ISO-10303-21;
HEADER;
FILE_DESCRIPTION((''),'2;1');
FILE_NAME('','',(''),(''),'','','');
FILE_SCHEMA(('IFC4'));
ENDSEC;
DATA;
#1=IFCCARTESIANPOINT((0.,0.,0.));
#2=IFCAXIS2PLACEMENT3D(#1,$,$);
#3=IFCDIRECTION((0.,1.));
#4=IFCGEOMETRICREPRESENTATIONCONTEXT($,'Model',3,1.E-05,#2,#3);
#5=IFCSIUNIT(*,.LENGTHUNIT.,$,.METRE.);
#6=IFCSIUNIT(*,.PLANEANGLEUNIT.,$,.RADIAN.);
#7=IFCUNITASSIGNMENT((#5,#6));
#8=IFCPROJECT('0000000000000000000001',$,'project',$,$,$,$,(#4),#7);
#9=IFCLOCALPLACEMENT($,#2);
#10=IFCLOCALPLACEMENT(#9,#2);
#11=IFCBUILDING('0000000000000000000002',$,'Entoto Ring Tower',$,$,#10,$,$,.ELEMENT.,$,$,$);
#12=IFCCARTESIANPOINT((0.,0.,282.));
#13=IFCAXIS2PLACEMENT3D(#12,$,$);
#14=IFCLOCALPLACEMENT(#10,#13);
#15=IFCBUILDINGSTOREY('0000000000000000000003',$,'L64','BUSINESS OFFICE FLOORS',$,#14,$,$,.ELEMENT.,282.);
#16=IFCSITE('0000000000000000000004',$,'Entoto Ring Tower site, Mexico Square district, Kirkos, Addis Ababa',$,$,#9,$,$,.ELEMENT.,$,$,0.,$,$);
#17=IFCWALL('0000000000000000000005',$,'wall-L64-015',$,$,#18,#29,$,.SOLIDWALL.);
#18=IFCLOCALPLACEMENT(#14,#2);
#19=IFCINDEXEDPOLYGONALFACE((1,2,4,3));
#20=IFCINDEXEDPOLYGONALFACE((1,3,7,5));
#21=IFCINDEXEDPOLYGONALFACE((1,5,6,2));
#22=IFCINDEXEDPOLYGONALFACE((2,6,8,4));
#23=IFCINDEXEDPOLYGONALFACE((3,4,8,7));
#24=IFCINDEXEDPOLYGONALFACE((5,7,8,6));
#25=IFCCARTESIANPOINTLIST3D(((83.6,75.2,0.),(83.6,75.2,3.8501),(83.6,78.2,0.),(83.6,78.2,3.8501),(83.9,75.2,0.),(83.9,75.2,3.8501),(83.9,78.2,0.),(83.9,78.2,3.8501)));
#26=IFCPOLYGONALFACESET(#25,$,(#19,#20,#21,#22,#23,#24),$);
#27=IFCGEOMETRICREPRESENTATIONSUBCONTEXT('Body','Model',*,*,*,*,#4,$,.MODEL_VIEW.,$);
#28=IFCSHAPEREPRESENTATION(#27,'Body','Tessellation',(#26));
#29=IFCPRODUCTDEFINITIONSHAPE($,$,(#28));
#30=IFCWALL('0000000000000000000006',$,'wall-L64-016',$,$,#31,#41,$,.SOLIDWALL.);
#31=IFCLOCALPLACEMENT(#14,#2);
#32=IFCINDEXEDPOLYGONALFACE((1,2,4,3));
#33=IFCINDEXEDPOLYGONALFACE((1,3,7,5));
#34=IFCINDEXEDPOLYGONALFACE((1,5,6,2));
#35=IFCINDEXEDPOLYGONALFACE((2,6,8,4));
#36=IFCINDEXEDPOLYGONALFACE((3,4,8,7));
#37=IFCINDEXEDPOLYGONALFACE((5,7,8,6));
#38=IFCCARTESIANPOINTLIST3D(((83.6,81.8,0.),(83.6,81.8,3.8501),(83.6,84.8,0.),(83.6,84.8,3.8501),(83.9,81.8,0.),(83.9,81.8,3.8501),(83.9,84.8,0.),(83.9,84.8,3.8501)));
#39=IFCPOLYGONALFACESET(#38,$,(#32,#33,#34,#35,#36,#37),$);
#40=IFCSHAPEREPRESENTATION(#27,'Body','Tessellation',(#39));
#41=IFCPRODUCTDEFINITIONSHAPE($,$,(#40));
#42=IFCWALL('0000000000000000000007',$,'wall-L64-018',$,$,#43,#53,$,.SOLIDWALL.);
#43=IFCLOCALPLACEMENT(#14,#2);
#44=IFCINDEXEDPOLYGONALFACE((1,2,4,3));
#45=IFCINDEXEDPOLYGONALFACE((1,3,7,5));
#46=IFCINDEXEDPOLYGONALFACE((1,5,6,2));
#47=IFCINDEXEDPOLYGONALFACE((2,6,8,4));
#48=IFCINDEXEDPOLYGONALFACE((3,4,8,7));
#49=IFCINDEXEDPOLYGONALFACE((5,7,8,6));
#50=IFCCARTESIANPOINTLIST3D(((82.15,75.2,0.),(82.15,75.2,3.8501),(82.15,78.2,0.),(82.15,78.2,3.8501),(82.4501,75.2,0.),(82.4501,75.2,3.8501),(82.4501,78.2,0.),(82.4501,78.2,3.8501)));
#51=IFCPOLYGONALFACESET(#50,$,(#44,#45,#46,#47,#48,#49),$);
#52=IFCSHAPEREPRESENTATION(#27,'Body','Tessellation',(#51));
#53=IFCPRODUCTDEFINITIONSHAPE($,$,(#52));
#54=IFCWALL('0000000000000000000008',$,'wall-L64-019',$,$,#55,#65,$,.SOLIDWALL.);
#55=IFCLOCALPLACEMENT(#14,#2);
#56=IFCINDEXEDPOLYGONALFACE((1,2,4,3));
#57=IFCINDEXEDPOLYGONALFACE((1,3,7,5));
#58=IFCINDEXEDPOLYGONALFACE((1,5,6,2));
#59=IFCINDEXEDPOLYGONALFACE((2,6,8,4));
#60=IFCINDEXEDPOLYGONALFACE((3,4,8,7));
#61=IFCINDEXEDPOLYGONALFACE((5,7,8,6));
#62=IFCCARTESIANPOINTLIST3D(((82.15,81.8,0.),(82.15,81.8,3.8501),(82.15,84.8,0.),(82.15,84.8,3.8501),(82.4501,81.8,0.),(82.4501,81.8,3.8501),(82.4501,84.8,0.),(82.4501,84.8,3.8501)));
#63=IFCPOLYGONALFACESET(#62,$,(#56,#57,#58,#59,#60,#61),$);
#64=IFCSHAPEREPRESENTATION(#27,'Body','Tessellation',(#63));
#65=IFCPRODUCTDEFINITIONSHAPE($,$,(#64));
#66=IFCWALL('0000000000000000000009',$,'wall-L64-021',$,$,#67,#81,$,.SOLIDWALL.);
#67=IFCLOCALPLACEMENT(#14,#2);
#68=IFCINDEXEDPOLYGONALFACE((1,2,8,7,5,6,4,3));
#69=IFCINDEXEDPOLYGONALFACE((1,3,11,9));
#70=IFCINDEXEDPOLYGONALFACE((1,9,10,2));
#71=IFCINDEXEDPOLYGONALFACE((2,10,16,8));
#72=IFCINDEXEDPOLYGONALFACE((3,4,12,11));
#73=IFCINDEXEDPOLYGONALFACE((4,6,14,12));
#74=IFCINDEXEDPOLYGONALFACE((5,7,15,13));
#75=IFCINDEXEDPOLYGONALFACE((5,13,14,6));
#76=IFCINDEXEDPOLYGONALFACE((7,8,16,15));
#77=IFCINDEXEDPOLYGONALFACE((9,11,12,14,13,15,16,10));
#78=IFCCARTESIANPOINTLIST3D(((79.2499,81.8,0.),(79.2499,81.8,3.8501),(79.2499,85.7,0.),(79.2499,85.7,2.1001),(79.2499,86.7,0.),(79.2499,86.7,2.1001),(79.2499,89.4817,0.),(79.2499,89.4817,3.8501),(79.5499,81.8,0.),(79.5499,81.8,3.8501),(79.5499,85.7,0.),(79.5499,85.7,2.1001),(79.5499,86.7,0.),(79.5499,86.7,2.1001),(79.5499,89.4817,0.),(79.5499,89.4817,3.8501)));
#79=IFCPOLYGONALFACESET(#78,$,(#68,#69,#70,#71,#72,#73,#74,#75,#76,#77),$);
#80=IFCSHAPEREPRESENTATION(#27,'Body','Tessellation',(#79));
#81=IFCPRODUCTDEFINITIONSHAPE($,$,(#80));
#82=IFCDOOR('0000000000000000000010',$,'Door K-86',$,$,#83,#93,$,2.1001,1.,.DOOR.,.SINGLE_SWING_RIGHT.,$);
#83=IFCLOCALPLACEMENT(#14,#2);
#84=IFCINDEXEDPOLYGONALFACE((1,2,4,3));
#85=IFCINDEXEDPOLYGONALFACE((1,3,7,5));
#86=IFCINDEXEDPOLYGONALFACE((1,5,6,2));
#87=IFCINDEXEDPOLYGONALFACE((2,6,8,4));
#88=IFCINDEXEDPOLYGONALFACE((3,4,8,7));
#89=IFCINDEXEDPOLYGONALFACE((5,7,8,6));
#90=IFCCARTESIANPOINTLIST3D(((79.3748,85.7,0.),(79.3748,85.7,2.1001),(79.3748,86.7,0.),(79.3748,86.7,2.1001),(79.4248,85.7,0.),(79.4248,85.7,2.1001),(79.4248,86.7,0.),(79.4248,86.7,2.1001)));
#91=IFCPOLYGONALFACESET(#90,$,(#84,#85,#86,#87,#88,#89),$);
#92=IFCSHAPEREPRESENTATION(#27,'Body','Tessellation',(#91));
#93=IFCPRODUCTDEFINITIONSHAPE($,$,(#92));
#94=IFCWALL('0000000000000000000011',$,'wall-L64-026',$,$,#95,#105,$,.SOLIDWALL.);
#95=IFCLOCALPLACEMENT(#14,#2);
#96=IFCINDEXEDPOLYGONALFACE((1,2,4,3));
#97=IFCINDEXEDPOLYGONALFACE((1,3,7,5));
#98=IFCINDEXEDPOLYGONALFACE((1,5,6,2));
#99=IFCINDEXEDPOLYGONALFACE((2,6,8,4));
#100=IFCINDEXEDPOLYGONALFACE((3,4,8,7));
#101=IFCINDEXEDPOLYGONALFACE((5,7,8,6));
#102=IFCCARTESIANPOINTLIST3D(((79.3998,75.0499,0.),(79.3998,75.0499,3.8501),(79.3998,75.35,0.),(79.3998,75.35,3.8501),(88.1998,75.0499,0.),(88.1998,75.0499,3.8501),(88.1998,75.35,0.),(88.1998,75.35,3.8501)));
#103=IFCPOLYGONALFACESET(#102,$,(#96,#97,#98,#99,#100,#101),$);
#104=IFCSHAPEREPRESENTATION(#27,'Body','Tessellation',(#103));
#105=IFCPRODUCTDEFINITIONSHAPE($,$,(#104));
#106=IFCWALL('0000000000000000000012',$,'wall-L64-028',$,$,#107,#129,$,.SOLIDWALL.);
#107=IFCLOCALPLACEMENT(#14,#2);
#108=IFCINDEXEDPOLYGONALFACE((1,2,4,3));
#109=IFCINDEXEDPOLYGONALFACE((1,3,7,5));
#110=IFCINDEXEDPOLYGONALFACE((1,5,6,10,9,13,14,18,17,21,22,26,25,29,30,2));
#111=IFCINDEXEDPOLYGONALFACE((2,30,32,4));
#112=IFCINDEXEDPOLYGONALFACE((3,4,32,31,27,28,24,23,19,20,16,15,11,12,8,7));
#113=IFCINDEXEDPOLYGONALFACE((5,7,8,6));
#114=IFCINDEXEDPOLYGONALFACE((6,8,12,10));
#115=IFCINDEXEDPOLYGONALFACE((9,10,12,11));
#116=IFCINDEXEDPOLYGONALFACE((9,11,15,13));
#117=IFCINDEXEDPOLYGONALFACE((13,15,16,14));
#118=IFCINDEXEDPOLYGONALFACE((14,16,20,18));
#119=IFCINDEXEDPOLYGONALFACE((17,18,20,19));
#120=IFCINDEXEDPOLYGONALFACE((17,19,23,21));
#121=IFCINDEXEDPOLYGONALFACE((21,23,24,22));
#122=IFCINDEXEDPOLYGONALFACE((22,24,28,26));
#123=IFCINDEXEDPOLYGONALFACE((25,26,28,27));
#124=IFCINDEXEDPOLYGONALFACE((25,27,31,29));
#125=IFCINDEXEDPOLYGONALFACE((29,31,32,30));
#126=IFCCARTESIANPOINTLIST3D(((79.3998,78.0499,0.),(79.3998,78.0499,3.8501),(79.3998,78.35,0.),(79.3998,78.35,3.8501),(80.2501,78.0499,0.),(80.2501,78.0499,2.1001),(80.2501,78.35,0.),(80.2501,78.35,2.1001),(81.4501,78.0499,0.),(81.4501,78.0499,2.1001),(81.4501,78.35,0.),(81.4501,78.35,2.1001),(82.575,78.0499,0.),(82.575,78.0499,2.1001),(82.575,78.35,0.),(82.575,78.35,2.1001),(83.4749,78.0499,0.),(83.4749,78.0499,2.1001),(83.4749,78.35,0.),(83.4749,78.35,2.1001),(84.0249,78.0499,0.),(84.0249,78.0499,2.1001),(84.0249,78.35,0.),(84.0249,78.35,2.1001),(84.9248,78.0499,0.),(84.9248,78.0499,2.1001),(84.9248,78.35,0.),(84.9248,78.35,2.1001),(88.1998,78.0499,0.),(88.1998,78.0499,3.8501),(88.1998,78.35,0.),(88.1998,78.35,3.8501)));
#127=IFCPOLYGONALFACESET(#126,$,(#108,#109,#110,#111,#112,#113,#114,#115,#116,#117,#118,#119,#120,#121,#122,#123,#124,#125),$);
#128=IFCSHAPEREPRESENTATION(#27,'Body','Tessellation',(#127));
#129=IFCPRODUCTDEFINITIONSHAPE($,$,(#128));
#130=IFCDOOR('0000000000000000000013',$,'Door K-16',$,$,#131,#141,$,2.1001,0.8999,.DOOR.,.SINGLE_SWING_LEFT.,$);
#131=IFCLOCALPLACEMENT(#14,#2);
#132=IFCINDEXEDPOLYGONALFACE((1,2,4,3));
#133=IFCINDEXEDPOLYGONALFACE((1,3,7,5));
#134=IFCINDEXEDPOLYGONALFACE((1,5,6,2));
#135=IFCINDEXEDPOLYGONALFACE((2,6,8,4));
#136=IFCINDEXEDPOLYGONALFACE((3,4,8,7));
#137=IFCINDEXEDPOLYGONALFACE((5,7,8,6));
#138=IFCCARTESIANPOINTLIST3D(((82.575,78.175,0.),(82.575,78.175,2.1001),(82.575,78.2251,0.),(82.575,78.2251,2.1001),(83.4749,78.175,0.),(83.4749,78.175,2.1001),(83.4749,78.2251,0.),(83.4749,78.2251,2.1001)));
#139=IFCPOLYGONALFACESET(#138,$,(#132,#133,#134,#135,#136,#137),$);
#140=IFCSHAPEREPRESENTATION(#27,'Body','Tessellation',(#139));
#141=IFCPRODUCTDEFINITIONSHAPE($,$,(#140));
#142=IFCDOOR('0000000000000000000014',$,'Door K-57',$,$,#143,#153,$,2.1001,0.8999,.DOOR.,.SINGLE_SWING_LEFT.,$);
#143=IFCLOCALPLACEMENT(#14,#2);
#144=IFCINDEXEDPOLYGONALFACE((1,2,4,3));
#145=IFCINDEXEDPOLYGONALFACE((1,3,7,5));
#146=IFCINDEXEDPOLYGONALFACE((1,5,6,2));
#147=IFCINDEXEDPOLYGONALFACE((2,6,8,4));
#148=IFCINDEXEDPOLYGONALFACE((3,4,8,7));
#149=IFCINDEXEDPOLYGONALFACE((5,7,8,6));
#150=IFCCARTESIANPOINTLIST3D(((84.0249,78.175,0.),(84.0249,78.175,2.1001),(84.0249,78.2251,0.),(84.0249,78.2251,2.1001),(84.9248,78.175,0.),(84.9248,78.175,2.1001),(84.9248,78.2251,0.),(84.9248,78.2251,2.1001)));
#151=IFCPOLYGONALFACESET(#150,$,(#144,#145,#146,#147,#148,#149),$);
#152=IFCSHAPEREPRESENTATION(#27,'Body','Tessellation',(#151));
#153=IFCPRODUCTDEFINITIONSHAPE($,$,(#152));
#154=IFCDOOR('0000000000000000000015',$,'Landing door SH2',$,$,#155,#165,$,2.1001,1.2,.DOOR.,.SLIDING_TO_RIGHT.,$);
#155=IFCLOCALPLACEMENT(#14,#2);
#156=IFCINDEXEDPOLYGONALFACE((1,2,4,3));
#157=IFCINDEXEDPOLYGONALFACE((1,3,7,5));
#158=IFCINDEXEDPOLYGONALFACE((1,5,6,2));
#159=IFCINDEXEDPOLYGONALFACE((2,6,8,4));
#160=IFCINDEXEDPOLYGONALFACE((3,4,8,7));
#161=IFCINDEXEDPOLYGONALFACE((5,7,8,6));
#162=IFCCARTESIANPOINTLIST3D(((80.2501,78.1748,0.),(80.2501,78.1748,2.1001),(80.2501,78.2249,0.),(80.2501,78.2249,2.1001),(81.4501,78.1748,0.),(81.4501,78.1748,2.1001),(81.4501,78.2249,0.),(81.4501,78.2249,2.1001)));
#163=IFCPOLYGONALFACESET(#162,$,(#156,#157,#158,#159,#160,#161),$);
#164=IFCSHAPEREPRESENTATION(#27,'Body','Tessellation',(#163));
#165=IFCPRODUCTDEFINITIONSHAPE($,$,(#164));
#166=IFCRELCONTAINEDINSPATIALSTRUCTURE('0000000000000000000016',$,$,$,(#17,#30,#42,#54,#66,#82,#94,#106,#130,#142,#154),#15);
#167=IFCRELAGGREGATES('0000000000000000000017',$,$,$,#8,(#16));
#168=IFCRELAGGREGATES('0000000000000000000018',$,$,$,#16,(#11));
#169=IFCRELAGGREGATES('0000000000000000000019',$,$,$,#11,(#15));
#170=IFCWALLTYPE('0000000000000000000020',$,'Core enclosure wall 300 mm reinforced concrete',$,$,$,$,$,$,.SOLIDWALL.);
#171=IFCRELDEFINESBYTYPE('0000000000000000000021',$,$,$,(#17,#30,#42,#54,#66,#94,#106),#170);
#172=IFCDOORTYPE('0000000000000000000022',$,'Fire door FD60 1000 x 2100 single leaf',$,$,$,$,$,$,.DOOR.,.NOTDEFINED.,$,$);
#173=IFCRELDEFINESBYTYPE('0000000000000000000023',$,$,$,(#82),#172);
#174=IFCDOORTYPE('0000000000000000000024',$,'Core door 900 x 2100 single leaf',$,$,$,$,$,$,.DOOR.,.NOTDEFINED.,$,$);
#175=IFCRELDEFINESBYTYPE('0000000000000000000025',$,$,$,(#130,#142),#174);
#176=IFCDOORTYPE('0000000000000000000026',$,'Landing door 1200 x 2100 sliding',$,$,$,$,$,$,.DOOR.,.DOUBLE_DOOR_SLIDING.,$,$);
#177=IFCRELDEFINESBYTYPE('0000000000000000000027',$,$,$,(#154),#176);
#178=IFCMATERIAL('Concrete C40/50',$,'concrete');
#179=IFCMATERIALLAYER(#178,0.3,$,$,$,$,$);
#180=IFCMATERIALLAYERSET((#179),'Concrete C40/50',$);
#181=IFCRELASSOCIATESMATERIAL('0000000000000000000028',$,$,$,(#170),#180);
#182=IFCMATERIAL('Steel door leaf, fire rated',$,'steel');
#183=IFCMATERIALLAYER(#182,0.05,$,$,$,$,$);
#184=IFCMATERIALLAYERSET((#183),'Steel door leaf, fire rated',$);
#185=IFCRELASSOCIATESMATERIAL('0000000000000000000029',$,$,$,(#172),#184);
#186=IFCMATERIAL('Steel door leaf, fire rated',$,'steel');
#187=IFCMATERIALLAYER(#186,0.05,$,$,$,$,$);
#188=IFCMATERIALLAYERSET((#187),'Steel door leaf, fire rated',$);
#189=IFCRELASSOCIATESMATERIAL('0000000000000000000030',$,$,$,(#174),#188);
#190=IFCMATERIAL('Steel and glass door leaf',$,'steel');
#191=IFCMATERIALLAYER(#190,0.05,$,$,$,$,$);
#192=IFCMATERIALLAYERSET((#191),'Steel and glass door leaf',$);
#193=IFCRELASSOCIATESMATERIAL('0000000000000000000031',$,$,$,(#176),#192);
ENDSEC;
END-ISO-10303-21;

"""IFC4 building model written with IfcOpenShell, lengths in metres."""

from ifc_helpers import new_model, si_unit, direction, frame, frame_2d, origin, place, context, subcontext, project, spatial, rectangle, extrude, material, layer, layer_set, type_object, element, fill, save


model = new_model("IFC4")

# Units and contexts
model_context = context("Model", 3, precision=1e-05, world=origin(), true_north=direction((0.0, 1.0)))
body_context = subcontext(model_context, "Body", "Model", "MODEL_VIEW")
ifc_project = project(units=[si_unit("LENGTHUNIT", "METRE"), si_unit("PLANEANGLEUNIT", "RADIAN")], contexts=[model_context])

# Site, building, storey
site_placement = place(None, origin())
site = spatial("IfcSite", under=ifc_project, at=site_placement, Name="Entoto Ring Tower site, Mexico Square district, Kirkos, Addis Ababa", CompositionType="ELEMENT", RefElevation=0.0)
building_placement = place(site_placement, origin())
building = spatial("IfcBuilding", under=site, at=building_placement, Name="Entoto Ring Tower", CompositionType="ELEMENT")
storey_placement = place(building_placement, frame((0.0, 0.0, 282.0)))
storey = spatial("IfcBuildingStorey", under=building, at=storey_placement, Name="L64", Description="BUSINESS OFFICE FLOORS", CompositionType="ELEMENT", Elevation=282.0)

# Walls
ifc_material_1 = material(Name="Concrete C40/50", Category="concrete")
ifc_layer_1 = layer(ifc_material_1, 0.3)
ifc_layer_set_1 = layer_set([ifc_layer_1], Name="Concrete C40/50")
wall_type = type_object("IfcWallType", Name="Core enclosure wall 300 mm reinforced concrete", PredefinedType="SOLIDWALL", material=ifc_layer_set_1)
for number, where, z_axis, x_axis, name in (
    (1, (83.75, 75.2, 0.0), (0.0, 0.0, 1.0), (0.0, 1.0, 0.0), "wall-L64-015"),
    (2, (83.75, 81.8, 0.0), (0.0, 0.0, 1.0), (0.0, 1.0, 0.0), "wall-L64-016"),
    (3, (82.3, 75.2, 0.0), (0.0, 0.0, 1.0), (0.0, 1.0, 0.0), "wall-L64-018"),
    (4, (82.3, 81.8, 0.0), (0.0, 0.0, 1.0), (0.0, 1.0, 0.0), "wall-L64-019"),
):
    element("IfcWall", number, at=place(storey_placement, frame(where, z_axis=z_axis, x_axis=x_axis)), inside=storey, type_object=wall_type, Name=name, PredefinedType="SOLIDWALL", context=body_context, shape_type="SweptSolid", body=[
        extrude(rectangle(XDim=3.0, YDim=0.3, at=frame_2d((1.5, 0.0))), origin(), (0.0, 0.0, 1.0), 3.8501),
    ])

# Wall, opening, door
wall_1_placement = place(storey_placement, frame((79.3999, 81.8, 0.0), z_axis=(0.0, 0.0, 1.0), x_axis=(0.0, 1.0, 0.0)))
wall_1 = element("IfcWall", 5, at=wall_1_placement, inside=storey, type_object=wall_type, Name="wall-L64-021", PredefinedType="SOLIDWALL", context=body_context, shape_type="SweptSolid", body=[
    extrude(rectangle(XDim=7.6816, YDim=0.3, at=frame_2d((3.8408, 0.0))), origin(), (0.0, 0.0, 1.0), 3.8501),
])
opening_1_placement = place(wall_1_placement, frame((3.8999, 0.0, 0.0)))
opening_1 = element("IfcOpeningElement", 6, at=opening_1_placement, cuts=wall_1, PredefinedType="OPENING", context=body_context, shape_type="SweptSolid", body=[
    extrude(rectangle(XDim=1.0, YDim=2.1001, at=frame_2d((0.5, 1.05))), frame((0.0, 0.1602, 0.0), z_axis=(0.0, -1.0, 0.0), x_axis=(1.0, 0.0, 0.0)), (0.0, 0.0, 1.0), 0.3201),
])
ifc_material_2 = material(Name="Steel door leaf, fire rated", Category="steel")
ifc_layer_2 = layer(ifc_material_2, 0.05)
ifc_layer_set_2 = layer_set([ifc_layer_2], Name="Steel door leaf, fire rated")
door_type_1 = type_object("IfcDoorType", Name="Fire door FD60 1000 x 2100 single leaf", OperationType="NOTDEFINED", PredefinedType="DOOR", material=ifc_layer_set_2)
door_1_placement = place(opening_1_placement, frame((1.0, 0.0, 0.0), z_axis=(0.0, 0.0, 1.0), x_axis=(-1.0, 0.0, 0.0)))
door_1 = element("IfcDoor", 7, at=door_1_placement, inside=storey, type_object=door_type_1, Name="Door K-86", OperationType="SINGLE_SWING_RIGHT", OverallHeight=2.1001, OverallWidth=1.0, PredefinedType="DOOR", context=body_context, shape_type="SweptSolid", body=[
    extrude(rectangle(XDim=1.0, YDim=2.1001, at=frame_2d((0.5, 1.05))), frame((0.0, 0.0249, 0.0), z_axis=(0.0, -1.0, 0.0), x_axis=(1.0, 0.0, 0.0)), (0.0, 0.0, 1.0), 0.05),
])
fill(opening_1, door_1)

# Wall
wall_2_placement = place(storey_placement, frame((79.3999, 75.2, 0.0), z_axis=(0.0, 0.0, 1.0), x_axis=(1.0, 0.0, 0.0)))
element("IfcWall", 8, at=wall_2_placement, inside=storey, type_object=wall_type, Name="wall-L64-026", PredefinedType="SOLIDWALL", context=body_context, shape_type="SweptSolid", body=[
    extrude(rectangle(XDim=8.8, YDim=0.3, at=frame_2d((4.3999, 0.0))), origin(), (0.0, 0.0, 1.0), 3.8501),
])

# Wall, openings, doors
wall_3_placement = place(storey_placement, frame((79.3999, 78.2, 0.0), z_axis=(0.0, 0.0, 1.0), x_axis=(1.0, 0.0, 0.0)))
wall_3 = element("IfcWall", 9, at=wall_3_placement, inside=storey, type_object=wall_type, Name="wall-L64-028", PredefinedType="SOLIDWALL", context=body_context, shape_type="SweptSolid", body=[
    extrude(rectangle(XDim=8.8, YDim=0.3, at=frame_2d((4.3999, 0.0))), origin(), (0.0, 0.0, 1.0), 3.8501),
])
opening_2_placement = place(wall_3_placement, frame((0.8501, 0.0, 0.0)))
opening_2 = element("IfcOpeningElement", 10, at=opening_2_placement, cuts=wall_3, PredefinedType="OPENING", context=body_context, shape_type="SweptSolid", body=[
    extrude(rectangle(XDim=1.2, YDim=2.1001, at=frame_2d((0.6001, 1.05))), frame((0.0, 0.1602, 0.0), z_axis=(0.0, -1.0, 0.0), x_axis=(1.0, 0.0, 0.0)), (0.0, 0.0, 1.0), 0.3201),
])
opening_3_placement = place(wall_3_placement, frame((3.175, 0.0, 0.0)))
opening_3 = element("IfcOpeningElement", 11, at=opening_3_placement, cuts=wall_3, PredefinedType="OPENING", context=body_context, shape_type="SweptSolid", body=[
    extrude(rectangle(XDim=0.8999, YDim=2.1001, at=frame_2d((0.45, 1.05))), frame((0.0, 0.1602, 0.0), z_axis=(0.0, -1.0, 0.0), x_axis=(1.0, 0.0, 0.0)), (0.0, 0.0, 1.0), 0.3201),
])
opening_4_placement = place(wall_3_placement, frame((4.625, 0.0, 0.0)))
opening_4 = element("IfcOpeningElement", 12, at=opening_4_placement, cuts=wall_3, PredefinedType="OPENING", context=body_context, shape_type="SweptSolid", body=[
    extrude(rectangle(XDim=0.8999, YDim=2.1001, at=frame_2d((0.45, 1.05))), frame((0.0, 0.1602, 0.0), z_axis=(0.0, -1.0, 0.0), x_axis=(1.0, 0.0, 0.0)), (0.0, 0.0, 1.0), 0.3201),
])
ifc_material_3 = material(Name="Steel door leaf, fire rated", Category="steel")
ifc_layer_3 = layer(ifc_material_3, 0.05)
ifc_layer_set_3 = layer_set([ifc_layer_3], Name="Steel door leaf, fire rated")
door_type_2 = type_object("IfcDoorType", Name="Core door 900 x 2100 single leaf", OperationType="NOTDEFINED", PredefinedType="DOOR", material=ifc_layer_set_3)
door_2_placement = place(opening_3_placement, frame((0.8999, 0.0, 0.0), z_axis=(0.0, 0.0, 1.0), x_axis=(-1.0, 0.0, 0.0)))
door_2 = element("IfcDoor", 13, at=door_2_placement, inside=storey, type_object=door_type_2, Name="Door K-16", OperationType="SINGLE_SWING_LEFT", OverallHeight=2.1001, OverallWidth=0.8999, PredefinedType="DOOR", context=body_context, shape_type="SweptSolid", body=[
    extrude(rectangle(XDim=0.8999, YDim=2.1001, at=frame_2d((0.45, 1.05))), frame((0.0, 0.0249, 0.0), z_axis=(0.0, -1.0, 0.0), x_axis=(1.0, 0.0, 0.0)), (0.0, 0.0, 1.0), 0.05),
])
fill(opening_3, door_2)
door_3_placement = place(opening_4_placement, frame((0.8999, 0.0, 0.0), z_axis=(0.0, 0.0, 1.0), x_axis=(-1.0, 0.0, 0.0)))
door_3 = element("IfcDoor", 14, at=door_3_placement, inside=storey, type_object=door_type_2, Name="Door K-57", OperationType="SINGLE_SWING_LEFT", OverallHeight=2.1001, OverallWidth=0.8999, PredefinedType="DOOR", context=body_context, shape_type="SweptSolid", body=[
    extrude(rectangle(XDim=0.8999, YDim=2.1001, at=frame_2d((0.45, 1.05))), frame((0.0, 0.0249, 0.0), z_axis=(0.0, -1.0, 0.0), x_axis=(1.0, 0.0, 0.0)), (0.0, 0.0, 1.0), 0.05),
])
fill(opening_4, door_3)
ifc_material_4 = material(Name="Steel and glass door leaf", Category="steel")
ifc_layer_4 = layer(ifc_material_4, 0.05)
ifc_layer_set_4 = layer_set([ifc_layer_4], Name="Steel and glass door leaf")
door_type_3 = type_object("IfcDoorType", Name="Landing door 1200 x 2100 sliding", OperationType="DOUBLE_DOOR_SLIDING", PredefinedType="DOOR", material=ifc_layer_set_4)
door_4_placement = place(opening_2_placement, origin())
door_4 = element("IfcDoor", 15, at=door_4_placement, inside=storey, type_object=door_type_3, Name="Landing door SH2", OperationType="SLIDING_TO_RIGHT", OverallHeight=2.1001, OverallWidth=1.2, PredefinedType="DOOR", context=body_context, shape_type="SweptSolid", body=[
    extrude(rectangle(XDim=1.2, YDim=2.1001, at=frame_2d((0.6001, 1.05))), frame((0.0, 0.0249, 0.0), z_axis=(0.0, -1.0, 0.0), x_axis=(1.0, 0.0, 0.0)), (0.0, 0.0, 1.0), 0.05),
])
fill(opening_2, door_4)

save(model, "model.ifc")
